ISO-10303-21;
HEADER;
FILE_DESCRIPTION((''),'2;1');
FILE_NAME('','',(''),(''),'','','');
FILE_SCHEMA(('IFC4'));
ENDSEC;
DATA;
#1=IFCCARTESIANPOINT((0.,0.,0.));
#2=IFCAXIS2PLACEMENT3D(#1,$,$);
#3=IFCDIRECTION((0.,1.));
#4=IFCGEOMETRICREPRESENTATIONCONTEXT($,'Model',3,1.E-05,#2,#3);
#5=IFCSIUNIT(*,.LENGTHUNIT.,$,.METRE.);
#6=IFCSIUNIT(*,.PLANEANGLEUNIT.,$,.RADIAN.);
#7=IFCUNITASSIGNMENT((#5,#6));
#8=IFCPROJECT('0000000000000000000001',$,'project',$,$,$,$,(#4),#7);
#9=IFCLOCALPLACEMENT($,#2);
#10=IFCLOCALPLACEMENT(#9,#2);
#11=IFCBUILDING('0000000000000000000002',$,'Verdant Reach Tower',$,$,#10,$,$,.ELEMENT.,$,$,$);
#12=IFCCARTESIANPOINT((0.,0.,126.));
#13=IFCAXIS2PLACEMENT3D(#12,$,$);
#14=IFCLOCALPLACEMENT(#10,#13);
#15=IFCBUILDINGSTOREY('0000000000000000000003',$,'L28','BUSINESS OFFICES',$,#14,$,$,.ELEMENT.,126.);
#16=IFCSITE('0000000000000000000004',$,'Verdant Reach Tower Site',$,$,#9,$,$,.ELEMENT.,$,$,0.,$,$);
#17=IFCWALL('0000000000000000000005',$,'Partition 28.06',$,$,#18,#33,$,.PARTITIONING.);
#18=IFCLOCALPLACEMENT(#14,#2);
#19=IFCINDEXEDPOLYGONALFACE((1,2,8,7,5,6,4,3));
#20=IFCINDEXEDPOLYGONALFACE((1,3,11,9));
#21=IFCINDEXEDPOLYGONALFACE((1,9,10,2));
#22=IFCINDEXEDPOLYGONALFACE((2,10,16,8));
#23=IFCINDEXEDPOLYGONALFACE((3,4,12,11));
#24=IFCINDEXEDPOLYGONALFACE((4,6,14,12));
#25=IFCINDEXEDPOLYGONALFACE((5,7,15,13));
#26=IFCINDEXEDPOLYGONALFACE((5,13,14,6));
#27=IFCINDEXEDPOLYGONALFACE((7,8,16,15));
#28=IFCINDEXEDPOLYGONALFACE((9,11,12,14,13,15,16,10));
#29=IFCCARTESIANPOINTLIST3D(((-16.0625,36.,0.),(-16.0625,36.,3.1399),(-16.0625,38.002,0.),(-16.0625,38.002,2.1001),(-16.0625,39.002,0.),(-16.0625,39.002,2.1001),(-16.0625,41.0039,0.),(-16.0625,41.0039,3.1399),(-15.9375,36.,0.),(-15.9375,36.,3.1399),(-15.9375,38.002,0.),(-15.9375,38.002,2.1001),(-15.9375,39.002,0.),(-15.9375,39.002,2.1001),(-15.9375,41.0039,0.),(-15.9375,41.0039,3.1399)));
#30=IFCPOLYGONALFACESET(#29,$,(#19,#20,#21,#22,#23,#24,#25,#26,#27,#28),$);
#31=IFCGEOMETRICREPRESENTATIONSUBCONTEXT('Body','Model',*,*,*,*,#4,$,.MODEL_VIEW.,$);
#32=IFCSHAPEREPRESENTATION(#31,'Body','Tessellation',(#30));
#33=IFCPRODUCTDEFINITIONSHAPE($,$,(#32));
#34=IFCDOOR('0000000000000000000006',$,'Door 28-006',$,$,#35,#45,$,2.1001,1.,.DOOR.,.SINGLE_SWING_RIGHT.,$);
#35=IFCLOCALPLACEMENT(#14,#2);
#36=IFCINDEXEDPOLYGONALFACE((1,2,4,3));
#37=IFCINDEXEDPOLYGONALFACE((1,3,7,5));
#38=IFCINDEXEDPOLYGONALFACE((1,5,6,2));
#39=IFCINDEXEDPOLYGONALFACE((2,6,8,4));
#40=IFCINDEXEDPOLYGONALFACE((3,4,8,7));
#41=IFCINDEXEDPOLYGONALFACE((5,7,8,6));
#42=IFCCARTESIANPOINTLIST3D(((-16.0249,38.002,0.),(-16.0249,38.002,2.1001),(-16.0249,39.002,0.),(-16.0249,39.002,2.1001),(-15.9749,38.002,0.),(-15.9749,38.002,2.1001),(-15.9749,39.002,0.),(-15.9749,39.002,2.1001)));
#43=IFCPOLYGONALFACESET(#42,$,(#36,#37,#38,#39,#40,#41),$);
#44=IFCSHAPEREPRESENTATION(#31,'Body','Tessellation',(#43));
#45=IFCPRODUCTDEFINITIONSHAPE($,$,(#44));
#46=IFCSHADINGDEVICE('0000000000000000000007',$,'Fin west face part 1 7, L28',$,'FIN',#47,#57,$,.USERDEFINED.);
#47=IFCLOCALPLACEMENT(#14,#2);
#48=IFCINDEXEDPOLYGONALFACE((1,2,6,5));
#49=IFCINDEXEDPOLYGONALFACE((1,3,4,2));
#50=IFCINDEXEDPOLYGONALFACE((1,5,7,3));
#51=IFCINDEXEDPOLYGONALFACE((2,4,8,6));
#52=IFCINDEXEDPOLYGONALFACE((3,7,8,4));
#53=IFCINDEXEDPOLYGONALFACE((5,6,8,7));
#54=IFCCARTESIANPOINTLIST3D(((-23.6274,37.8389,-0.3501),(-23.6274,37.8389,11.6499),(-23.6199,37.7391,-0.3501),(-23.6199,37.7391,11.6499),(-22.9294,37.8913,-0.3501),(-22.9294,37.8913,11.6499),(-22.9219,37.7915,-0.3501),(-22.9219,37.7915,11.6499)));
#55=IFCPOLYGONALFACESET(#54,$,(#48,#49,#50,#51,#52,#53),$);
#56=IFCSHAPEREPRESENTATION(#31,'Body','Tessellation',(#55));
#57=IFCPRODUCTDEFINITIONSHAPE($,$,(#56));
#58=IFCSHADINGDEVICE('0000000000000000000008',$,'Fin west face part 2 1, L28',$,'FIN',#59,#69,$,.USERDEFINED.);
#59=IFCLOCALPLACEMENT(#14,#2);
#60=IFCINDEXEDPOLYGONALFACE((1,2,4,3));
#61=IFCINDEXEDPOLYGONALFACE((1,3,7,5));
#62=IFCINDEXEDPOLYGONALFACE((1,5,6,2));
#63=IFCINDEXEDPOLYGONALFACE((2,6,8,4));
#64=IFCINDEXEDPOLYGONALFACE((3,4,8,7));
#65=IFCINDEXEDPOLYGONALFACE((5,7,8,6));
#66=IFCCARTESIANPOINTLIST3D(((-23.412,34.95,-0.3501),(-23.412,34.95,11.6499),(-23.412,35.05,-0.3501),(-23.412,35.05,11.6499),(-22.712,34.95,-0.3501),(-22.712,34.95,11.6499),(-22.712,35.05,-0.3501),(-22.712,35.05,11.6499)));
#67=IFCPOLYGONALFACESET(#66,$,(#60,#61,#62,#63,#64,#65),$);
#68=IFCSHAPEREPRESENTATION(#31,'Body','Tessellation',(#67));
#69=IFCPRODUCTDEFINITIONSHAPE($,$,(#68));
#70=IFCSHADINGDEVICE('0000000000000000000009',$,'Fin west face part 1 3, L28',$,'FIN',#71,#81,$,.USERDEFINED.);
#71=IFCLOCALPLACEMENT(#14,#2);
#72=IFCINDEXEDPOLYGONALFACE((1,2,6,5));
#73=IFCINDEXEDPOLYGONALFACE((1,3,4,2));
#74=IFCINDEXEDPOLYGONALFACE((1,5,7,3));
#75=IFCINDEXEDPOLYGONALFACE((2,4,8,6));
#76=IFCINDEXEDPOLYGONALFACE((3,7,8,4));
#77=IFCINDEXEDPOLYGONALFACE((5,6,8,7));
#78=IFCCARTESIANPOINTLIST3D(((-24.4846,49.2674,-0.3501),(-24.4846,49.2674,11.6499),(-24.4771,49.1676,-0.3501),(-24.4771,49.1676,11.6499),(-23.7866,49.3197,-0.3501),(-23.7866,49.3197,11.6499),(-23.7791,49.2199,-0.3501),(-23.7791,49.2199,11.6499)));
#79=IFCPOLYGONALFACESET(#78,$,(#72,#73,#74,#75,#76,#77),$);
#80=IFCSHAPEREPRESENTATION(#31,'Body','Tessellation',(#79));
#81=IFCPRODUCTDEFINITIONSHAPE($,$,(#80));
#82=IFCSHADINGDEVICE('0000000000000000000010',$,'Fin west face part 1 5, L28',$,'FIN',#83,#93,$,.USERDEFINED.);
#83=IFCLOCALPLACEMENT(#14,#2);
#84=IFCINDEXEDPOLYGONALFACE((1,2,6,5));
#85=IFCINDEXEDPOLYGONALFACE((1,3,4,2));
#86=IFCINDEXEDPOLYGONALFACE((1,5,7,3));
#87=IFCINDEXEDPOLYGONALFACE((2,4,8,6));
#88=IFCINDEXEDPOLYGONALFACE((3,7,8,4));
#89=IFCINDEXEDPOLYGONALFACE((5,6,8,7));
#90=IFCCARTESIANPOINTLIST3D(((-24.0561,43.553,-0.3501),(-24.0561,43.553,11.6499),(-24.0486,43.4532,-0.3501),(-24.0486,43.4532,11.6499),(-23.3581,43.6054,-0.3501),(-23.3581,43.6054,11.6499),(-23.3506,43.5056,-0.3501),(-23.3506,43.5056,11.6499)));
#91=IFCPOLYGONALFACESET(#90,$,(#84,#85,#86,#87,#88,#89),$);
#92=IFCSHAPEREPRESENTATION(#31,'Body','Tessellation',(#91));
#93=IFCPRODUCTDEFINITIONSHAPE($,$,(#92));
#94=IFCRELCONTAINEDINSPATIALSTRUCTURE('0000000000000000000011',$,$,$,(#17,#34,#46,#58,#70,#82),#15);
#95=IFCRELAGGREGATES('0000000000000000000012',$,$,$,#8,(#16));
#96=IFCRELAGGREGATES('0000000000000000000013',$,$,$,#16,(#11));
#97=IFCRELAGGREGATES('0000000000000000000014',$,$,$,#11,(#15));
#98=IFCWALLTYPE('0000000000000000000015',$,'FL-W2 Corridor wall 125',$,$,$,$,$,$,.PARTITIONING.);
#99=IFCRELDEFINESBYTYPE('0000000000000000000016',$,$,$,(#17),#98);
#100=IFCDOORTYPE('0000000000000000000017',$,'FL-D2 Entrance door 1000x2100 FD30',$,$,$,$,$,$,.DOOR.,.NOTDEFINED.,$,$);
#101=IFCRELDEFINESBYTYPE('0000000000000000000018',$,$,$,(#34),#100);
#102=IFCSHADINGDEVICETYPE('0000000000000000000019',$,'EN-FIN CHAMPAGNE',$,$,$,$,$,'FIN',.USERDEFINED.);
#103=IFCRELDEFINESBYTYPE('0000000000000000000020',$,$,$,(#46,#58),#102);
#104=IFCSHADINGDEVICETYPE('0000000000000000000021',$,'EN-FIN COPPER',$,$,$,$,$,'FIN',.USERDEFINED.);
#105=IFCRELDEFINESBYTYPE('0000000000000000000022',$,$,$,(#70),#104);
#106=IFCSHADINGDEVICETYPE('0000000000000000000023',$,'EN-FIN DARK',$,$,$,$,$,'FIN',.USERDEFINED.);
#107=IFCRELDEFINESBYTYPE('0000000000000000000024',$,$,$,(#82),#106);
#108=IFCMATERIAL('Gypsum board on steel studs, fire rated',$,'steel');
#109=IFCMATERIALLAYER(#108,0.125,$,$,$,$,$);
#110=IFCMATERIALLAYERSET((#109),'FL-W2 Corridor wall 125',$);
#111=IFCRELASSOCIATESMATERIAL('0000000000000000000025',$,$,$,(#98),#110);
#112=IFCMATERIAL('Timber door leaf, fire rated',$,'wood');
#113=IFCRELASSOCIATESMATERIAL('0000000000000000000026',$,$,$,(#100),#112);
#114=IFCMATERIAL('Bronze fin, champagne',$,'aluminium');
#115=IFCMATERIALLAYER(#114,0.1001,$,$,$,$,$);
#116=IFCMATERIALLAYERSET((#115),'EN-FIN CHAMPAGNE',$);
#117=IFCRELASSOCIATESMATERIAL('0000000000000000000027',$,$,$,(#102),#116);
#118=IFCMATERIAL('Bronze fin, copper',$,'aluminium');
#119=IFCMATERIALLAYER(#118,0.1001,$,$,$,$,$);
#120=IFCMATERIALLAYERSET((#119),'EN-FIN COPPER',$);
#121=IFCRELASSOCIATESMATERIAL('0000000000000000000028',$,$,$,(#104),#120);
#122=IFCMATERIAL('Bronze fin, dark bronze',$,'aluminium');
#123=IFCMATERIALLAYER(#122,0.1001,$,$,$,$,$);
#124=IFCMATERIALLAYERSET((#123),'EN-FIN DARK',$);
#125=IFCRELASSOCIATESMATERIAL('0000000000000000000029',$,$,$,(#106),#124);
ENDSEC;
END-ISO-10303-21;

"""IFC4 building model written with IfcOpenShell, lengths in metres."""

from ifc_helpers import new_model, si_unit, direction, frame, frame_2d, origin, origin_2d, place, context, subcontext, project, spatial, rectangle, extrude, material, layer, layer_set, type_object, element, fill, save


model = new_model("IFC4")

# Units and contexts
model_context = context("Model", 3, precision=1e-05, world=origin(), true_north=direction((0.0, 1.0)))
body_context = subcontext(model_context, "Body", "Model", "MODEL_VIEW")
ifc_project = project(units=[si_unit("LENGTHUNIT", "METRE"), si_unit("PLANEANGLEUNIT", "RADIAN")], contexts=[model_context])

# Site, building, storey
site_placement = place(None, origin())
site = spatial("IfcSite", under=ifc_project, at=site_placement, Name="Verdant Reach Tower Site", CompositionType="ELEMENT", RefElevation=0.0)
building_placement = place(site_placement, origin())
building = spatial("IfcBuilding", under=site, at=building_placement, Name="Verdant Reach Tower", CompositionType="ELEMENT")
storey_placement = place(building_placement, frame((0.0, 0.0, 126.0)))
storey = spatial("IfcBuildingStorey", under=building, at=storey_placement, Name="L28", Description="BUSINESS OFFICES", CompositionType="ELEMENT", Elevation=126.0)

# Wall, opening, door
ifc_material_1 = material(Name="Gypsum board on steel studs, fire rated", Category="steel")
ifc_layer_1 = layer(ifc_material_1, 0.125)
ifc_layer_set_1 = layer_set([ifc_layer_1], Name="FL-W2 Corridor wall 125")
wall_type_1 = type_object("IfcWallType", Name="FL-W2 Corridor wall 125", PredefinedType="PARTITIONING", material=ifc_layer_set_1)
wall_1_placement = place(storey_placement, frame((-16.0, 36.0, 0.0), z_axis=(0.0, 0.0, 1.0), x_axis=(0.0, 1.0, 0.0)))
wall_1 = element("IfcWall", 1, at=wall_1_placement, inside=storey, type_object=wall_type_1, Name="Partition 28.06", PredefinedType="PARTITIONING", context=body_context, shape_type="SweptSolid", body=[
    extrude(rectangle(XDim=5.0039, YDim=0.125, at=frame_2d((2.502, 0.0))), origin(), (0.0, 0.0, 1.0), 3.1399),
])
opening_placement = place(wall_1_placement, frame((2.002, 0.0, 0.0)))
opening = element("IfcOpeningElement", 2, at=opening_placement, cuts=wall_1, PredefinedType="OPENING", context=body_context, shape_type="SweptSolid", body=[
    extrude(rectangle(XDim=1.0, YDim=2.1001, at=frame_2d((0.5, 1.05))), frame((0.0, 0.0725, 0.0), z_axis=(0.0, -1.0, 0.0), x_axis=(1.0, 0.0, 0.0)), (0.0, 0.0, 1.0), 0.145),
])
ifc_material_2 = material(Name="Timber door leaf, fire rated", Category="wood")
door_type = type_object("IfcDoorType", Name="FL-D2 Entrance door 1000x2100 FD30", OperationType="NOTDEFINED", PredefinedType="DOOR", material=ifc_material_2)
door_placement = place(opening_placement, origin())
door = element("IfcDoor", 3, at=door_placement, inside=storey, type_object=door_type, Name="Door 28-006", OperationType="SINGLE_SWING_RIGHT", OverallHeight=2.1001, OverallWidth=1.0, PredefinedType="DOOR", context=body_context, shape_type="SweptSolid", body=[
    extrude(rectangle(XDim=1.0, YDim=2.1001, at=frame_2d((0.5, 1.05))), frame((0.0, 0.0249, 0.0), z_axis=(0.0, -1.0, 0.0), x_axis=(1.0, 0.0, 0.0)), (0.0, 0.0, 1.0), 0.05),
])
fill(opening, door)

# Shading devices
ifc_material_3 = material(Name="Bronze fin, champagne", Category="aluminium")
ifc_layer_2 = layer(ifc_material_3, 0.1001)
ifc_layer_set_2 = layer_set([ifc_layer_2], Name="EN-FIN CHAMPAGNE")
shading_device_type_1 = type_object("IfcShadingDeviceType", Name="EN-FIN CHAMPAGNE", ElementType="FIN", PredefinedType="USERDEFINED", material=ifc_layer_set_2)
for number, where, z_axis, x_axis, name in (
    (4, (-23.2747, 37.8152, -0.3501), (0.0, 0.0, 1.0), (0.07479, -0.997199, 0.0), "Fin west face part 1 7, L28"),
    (5, (-23.062, 35.0, -0.3501), (0.0, 0.0, 1.0), (0.0, -1.0, 0.0), "Fin west face part 2 1, L28"),
):
    element("IfcShadingDevice", number, at=place(storey_placement, frame(where, z_axis=z_axis, x_axis=x_axis)), inside=storey, type_object=shading_device_type_1, Name=name, ObjectType="FIN", PredefinedType="USERDEFINED", context=body_context, shape_type="SweptSolid", body=[
        extrude(rectangle(XDim=0.1001, YDim=0.7, at=origin_2d()), origin(), (0.0, 0.0, 1.0), 12.0),
    ])
ifc_material_4 = material(Name="Bronze fin, copper", Category="aluminium")
ifc_layer_3 = layer(ifc_material_4, 0.1001)
ifc_layer_set_3 = layer_set([ifc_layer_3], Name="EN-FIN COPPER")
shading_device_type_2 = type_object("IfcShadingDeviceType", Name="EN-FIN COPPER", ElementType="FIN", PredefinedType="USERDEFINED", material=ifc_layer_set_3)
shading_device_1_placement = place(storey_placement, frame((-24.1318, 49.2437, -0.3501), z_axis=(0.0, 0.0, 1.0), x_axis=(0.07479, -0.997199, 0.0)))
element("IfcShadingDevice", 6, at=shading_device_1_placement, inside=storey, type_object=shading_device_type_2, Name="Fin west face part 1 3, L28", ObjectType="FIN", PredefinedType="USERDEFINED", context=body_context, shape_type="SweptSolid", body=[
    extrude(rectangle(XDim=0.1001, YDim=0.7, at=origin_2d()), origin(), (0.0, 0.0, 1.0), 12.0),
])
ifc_material_5 = material(Name="Bronze fin, dark bronze", Category="aluminium")
ifc_layer_4 = layer(ifc_material_5, 0.1001)
ifc_layer_set_4 = layer_set([ifc_layer_4], Name="EN-FIN DARK")
shading_device_type_3 = type_object("IfcShadingDeviceType", Name="EN-FIN DARK", ElementType="FIN", PredefinedType="USERDEFINED", material=ifc_layer_set_4)
shading_device_2_placement = place(storey_placement, frame((-23.7034, 43.5293, -0.3501), z_axis=(0.0, 0.0, 1.0), x_axis=(0.07479, -0.997199, 0.0)))
element("IfcShadingDevice", 7, at=shading_device_2_placement, inside=storey, type_object=shading_device_type_3, Name="Fin west face part 1 5, L28", ObjectType="FIN", PredefinedType="USERDEFINED", context=body_context, shape_type="SweptSolid", body=[
    extrude(rectangle(XDim=0.1001, YDim=0.7, at=origin_2d()), origin(), (0.0, 0.0, 1.0), 12.0),
])

save(model, "model.ifc")
